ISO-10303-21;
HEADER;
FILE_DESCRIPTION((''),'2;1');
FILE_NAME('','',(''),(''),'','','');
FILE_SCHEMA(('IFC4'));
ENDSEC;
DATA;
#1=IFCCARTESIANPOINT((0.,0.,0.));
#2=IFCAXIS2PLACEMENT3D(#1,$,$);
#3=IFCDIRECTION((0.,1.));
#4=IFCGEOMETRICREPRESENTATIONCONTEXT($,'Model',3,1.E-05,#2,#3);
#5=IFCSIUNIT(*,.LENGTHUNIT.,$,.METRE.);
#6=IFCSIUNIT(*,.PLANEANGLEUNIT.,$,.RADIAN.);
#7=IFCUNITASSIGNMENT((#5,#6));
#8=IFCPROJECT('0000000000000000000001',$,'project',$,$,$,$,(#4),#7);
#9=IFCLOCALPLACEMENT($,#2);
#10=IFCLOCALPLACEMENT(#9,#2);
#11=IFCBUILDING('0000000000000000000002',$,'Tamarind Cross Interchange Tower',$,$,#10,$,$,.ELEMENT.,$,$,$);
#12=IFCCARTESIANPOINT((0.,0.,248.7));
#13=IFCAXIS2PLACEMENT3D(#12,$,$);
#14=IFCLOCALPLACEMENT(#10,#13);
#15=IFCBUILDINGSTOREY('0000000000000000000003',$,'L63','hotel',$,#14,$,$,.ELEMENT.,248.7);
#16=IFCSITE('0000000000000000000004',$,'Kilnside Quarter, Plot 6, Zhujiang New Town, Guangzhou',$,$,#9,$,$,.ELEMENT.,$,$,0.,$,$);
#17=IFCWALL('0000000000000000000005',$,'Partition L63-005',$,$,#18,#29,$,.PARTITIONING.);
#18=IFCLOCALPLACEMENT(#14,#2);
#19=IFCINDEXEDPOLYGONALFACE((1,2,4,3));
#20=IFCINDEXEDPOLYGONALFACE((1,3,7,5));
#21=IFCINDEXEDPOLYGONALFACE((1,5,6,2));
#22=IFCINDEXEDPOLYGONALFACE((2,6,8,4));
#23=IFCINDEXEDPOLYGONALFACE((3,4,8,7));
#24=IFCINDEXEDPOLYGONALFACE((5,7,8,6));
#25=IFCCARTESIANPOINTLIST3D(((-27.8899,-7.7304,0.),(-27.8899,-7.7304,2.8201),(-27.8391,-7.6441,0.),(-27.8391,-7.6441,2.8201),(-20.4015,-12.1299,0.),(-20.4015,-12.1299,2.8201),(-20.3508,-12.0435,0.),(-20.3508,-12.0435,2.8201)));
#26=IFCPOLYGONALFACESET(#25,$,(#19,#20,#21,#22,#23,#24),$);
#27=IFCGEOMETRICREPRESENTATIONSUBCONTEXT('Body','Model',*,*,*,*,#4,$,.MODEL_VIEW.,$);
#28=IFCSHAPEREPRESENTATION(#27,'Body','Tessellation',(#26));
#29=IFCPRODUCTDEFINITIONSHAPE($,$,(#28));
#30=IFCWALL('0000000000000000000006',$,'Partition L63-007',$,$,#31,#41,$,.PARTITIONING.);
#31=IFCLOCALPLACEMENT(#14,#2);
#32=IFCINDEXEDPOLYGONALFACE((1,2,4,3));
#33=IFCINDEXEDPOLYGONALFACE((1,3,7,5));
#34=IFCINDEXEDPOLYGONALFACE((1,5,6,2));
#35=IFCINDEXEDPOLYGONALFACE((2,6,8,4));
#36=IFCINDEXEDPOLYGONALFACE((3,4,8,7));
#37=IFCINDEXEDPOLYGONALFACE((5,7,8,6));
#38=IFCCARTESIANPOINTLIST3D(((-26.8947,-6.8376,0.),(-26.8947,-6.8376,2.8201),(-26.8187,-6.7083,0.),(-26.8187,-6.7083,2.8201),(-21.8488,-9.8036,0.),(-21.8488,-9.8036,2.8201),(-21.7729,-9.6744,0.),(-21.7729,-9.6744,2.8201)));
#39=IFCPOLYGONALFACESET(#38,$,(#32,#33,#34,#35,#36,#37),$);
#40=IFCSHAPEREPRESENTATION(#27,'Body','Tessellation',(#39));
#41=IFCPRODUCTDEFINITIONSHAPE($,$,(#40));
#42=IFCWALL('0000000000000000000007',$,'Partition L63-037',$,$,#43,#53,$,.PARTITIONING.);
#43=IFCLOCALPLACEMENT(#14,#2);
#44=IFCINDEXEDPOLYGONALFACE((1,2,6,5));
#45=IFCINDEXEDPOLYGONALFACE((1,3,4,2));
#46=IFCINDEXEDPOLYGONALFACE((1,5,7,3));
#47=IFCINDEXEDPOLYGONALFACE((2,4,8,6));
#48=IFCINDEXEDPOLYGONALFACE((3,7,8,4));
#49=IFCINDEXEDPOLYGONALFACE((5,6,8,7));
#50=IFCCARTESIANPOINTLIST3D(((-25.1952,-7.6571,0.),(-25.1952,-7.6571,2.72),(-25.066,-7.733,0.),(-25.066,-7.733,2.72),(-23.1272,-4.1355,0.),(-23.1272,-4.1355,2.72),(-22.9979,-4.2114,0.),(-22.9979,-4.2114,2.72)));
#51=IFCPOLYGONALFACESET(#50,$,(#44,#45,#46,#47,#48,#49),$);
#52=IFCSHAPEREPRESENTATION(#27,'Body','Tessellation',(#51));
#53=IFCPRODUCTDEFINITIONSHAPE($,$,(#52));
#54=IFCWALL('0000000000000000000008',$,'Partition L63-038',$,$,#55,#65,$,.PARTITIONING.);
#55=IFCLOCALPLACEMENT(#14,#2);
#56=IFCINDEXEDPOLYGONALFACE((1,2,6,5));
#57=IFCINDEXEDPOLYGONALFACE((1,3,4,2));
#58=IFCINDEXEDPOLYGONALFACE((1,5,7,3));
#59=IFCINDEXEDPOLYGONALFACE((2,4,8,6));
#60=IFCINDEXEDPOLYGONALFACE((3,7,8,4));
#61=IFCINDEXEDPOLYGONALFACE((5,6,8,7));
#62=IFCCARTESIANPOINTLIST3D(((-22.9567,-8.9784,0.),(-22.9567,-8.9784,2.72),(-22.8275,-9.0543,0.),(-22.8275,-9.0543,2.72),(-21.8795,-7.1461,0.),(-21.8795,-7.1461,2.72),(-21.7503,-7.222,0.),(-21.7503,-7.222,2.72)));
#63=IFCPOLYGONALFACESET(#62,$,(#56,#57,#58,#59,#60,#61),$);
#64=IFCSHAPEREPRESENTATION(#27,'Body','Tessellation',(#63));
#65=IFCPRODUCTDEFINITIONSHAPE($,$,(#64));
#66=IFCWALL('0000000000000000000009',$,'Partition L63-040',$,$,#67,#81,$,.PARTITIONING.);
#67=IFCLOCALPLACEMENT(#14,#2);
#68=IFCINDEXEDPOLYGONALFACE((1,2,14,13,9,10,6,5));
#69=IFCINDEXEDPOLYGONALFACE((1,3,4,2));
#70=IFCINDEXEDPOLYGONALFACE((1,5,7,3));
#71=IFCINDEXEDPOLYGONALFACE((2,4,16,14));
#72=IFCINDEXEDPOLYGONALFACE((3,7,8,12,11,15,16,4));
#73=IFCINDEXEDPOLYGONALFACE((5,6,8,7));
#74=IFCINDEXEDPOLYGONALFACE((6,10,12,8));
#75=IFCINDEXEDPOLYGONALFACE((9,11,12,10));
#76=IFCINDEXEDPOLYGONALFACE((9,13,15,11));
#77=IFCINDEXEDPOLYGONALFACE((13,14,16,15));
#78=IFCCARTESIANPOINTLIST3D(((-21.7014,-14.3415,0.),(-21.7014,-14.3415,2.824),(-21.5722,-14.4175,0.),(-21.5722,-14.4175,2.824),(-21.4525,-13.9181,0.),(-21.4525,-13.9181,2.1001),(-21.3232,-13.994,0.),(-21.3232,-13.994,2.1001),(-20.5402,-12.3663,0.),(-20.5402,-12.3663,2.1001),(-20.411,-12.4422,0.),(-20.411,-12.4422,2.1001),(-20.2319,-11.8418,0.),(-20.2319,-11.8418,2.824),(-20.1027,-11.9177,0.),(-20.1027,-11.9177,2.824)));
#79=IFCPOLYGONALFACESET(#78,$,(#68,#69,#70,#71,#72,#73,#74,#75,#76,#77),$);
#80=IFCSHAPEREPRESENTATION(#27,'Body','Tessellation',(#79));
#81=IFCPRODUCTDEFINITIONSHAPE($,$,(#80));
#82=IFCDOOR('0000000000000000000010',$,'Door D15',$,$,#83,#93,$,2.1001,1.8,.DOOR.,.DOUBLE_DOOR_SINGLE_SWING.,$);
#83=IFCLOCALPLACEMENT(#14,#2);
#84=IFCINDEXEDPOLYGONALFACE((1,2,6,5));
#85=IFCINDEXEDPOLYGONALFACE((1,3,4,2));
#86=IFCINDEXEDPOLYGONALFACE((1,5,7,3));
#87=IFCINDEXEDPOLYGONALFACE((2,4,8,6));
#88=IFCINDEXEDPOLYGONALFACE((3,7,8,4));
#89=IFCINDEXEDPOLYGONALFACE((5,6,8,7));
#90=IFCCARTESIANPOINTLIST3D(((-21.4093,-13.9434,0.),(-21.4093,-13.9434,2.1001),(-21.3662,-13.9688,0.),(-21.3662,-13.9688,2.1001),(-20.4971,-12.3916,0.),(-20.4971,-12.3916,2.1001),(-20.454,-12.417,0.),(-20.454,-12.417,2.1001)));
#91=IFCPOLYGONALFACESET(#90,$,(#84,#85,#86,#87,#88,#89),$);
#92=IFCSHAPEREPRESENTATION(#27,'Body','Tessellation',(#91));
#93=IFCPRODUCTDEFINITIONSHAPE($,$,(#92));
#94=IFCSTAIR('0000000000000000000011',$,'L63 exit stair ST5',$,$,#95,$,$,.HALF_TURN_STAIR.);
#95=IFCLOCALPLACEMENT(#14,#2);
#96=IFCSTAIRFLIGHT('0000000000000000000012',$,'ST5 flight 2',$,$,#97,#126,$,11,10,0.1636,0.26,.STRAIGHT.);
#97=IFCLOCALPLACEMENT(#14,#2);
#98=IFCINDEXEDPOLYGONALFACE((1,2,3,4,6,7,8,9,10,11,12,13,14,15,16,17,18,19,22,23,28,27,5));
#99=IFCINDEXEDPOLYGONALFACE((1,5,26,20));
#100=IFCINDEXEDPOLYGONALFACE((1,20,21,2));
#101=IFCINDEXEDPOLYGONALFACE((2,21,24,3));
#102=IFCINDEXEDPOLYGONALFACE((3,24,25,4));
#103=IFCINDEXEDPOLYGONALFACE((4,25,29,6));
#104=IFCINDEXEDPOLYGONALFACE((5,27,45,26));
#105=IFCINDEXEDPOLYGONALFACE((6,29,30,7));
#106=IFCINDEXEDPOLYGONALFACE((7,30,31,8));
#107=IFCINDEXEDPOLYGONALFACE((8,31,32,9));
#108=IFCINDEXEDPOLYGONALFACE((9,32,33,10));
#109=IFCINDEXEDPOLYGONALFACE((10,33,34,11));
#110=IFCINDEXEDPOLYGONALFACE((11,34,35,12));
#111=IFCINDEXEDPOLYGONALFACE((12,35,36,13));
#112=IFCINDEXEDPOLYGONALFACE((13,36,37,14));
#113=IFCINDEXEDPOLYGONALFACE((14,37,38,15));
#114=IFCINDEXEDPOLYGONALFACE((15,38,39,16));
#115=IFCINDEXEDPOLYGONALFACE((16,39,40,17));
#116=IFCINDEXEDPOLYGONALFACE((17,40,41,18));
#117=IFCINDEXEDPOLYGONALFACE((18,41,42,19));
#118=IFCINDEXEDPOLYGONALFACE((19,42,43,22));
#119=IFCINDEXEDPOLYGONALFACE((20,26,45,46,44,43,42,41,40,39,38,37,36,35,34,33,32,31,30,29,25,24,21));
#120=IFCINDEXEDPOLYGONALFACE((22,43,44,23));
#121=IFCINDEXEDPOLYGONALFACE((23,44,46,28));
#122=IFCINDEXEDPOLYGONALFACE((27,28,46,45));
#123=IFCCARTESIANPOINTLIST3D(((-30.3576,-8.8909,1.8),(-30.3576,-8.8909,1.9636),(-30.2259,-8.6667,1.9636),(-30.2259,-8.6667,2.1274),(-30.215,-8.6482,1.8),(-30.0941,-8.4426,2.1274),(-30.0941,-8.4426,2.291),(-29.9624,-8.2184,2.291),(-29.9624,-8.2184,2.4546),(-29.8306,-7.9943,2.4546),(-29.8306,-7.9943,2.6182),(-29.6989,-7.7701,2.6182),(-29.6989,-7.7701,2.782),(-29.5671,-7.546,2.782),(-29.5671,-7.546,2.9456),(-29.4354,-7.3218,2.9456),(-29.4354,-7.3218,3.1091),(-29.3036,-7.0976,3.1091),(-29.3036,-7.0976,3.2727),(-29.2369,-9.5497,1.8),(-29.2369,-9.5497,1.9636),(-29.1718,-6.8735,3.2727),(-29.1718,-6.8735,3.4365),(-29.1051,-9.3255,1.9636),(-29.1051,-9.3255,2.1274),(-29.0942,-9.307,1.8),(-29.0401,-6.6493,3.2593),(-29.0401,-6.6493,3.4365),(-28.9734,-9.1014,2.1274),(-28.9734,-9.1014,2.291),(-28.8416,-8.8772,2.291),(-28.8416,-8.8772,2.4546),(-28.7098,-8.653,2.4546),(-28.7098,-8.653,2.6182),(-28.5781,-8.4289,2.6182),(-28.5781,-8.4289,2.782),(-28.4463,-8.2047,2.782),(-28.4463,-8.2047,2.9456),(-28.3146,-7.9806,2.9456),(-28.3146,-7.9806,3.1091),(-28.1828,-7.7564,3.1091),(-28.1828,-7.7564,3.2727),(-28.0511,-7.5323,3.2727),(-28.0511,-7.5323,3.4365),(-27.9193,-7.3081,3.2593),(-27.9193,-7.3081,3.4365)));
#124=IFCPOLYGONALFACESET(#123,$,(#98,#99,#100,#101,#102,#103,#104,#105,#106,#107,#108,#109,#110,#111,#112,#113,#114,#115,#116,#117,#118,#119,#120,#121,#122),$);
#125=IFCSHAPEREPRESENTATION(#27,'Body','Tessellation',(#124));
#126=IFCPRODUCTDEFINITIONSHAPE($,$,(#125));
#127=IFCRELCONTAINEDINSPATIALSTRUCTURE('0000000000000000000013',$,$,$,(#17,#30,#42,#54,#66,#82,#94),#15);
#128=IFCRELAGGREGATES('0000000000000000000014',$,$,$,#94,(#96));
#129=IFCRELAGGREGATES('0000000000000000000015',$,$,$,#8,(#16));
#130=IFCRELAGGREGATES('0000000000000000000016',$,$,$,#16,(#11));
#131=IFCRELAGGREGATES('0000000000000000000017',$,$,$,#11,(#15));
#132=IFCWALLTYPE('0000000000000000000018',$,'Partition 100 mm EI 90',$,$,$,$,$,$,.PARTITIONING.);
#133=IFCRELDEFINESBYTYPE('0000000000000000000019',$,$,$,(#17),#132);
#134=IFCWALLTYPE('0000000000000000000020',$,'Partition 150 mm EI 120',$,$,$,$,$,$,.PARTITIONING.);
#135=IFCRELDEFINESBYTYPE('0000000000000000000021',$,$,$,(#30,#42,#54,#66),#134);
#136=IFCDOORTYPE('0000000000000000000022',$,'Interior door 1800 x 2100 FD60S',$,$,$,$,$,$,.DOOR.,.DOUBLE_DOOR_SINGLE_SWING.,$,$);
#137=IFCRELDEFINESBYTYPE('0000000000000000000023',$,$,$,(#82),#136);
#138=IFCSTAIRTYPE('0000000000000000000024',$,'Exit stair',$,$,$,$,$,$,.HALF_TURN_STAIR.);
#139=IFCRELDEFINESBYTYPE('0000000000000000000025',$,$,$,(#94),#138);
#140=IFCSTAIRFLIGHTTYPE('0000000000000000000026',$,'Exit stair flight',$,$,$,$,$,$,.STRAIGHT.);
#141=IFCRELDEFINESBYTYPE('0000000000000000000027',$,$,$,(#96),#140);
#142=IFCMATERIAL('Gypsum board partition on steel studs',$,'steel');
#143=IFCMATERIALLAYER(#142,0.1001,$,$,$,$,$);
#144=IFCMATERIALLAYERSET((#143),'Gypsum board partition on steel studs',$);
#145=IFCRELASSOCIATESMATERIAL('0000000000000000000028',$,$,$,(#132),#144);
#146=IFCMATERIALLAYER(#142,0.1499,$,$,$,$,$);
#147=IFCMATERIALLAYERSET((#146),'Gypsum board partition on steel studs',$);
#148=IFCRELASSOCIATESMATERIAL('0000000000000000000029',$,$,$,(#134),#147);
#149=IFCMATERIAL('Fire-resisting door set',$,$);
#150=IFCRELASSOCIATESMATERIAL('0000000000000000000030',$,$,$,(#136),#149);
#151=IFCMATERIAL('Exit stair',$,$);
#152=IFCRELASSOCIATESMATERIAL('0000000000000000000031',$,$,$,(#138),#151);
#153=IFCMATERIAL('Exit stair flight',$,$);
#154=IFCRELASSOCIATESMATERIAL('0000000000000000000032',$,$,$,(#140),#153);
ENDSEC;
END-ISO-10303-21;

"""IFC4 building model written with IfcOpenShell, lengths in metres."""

from ifc_helpers import new_model, si_unit, direction, frame, frame_2d, origin, place, context, subcontext, project, spatial, polyline, rectangle, outline, extrude, material, layer, layer_set, type_object, element, fill, aggregate, save


model = new_model("IFC4")

# Units and contexts
model_context = context("Model", 3, precision=1e-05, world=origin(), true_north=direction((0.0, 1.0)))
body_context = subcontext(model_context, "Body", "Model", "MODEL_VIEW")
ifc_project = project(units=[si_unit("LENGTHUNIT", "METRE"), si_unit("PLANEANGLEUNIT", "RADIAN")], contexts=[model_context])

# Site, building, storey
site_placement = place(None, origin())
site = spatial("IfcSite", under=ifc_project, at=site_placement, Name="Kilnside Quarter, Plot 6, Zhujiang New Town, Guangzhou", CompositionType="ELEMENT", RefElevation=0.0)
building_placement = place(site_placement, origin())
building = spatial("IfcBuilding", under=site, at=building_placement, Name="Tamarind Cross Interchange Tower", CompositionType="ELEMENT")
storey_placement = place(building_placement, frame((0.0, 0.0, 248.7)))
storey = spatial("IfcBuildingStorey", under=building, at=storey_placement, Name="L63", Description="hotel", CompositionType="ELEMENT", Elevation=248.7)

# Walls
ifc_material_1 = material(Name="Gypsum board partition on steel studs", Category="steel")
ifc_layer_1 = layer(ifc_material_1, 0.1001)
ifc_layer_set_1 = layer_set([ifc_layer_1], Name="Gypsum board partition on steel studs")
wall_type_1 = type_object("IfcWallType", Name="Partition 100 mm EI 90", PredefinedType="PARTITIONING", material=ifc_layer_set_1)
wall_1_placement = place(storey_placement, frame((-27.8645, -7.6873, 0.0), z_axis=(0.0, 0.0, 1.0), x_axis=(0.862209, -0.506553, 0.0)))
element("IfcWall", 1, at=wall_1_placement, inside=storey, type_object=wall_type_1, Name="Partition L63-005", PredefinedType="PARTITIONING", context=body_context, shape_type="SweptSolid", body=[
    extrude(rectangle(XDim=8.6851, YDim=0.1001, at=frame_2d((4.3425, 0.0))), origin(), (0.0, 0.0, 1.0), 2.8201),
])
ifc_layer_2 = layer(ifc_material_1, 0.1499)
ifc_layer_set_2 = layer_set([ifc_layer_2], Name="Gypsum board partition on steel studs")
wall_type_2 = type_object("IfcWallType", Name="Partition 150 mm EI 120", PredefinedType="PARTITIONING", material=ifc_layer_set_2)
wall_2_placement = place(storey_placement, frame((-26.8567, -6.7729, 0.0), z_axis=(0.0, 0.0, 1.0), x_axis=(0.862092, -0.506752, 0.0)))
element("IfcWall", 2, at=wall_2_placement, inside=storey, type_object=wall_type_2, Name="Partition L63-007", PredefinedType="PARTITIONING", context=body_context, shape_type="SweptSolid", body=[
    extrude(rectangle(XDim=5.853, YDim=0.1499, at=frame_2d((2.9265, 0.0))), origin(), (0.0, 0.0, 1.0), 2.8201),
])
wall_3_placement = place(storey_placement, frame((-25.1306, -7.6951, 0.0), z_axis=(0.0, 0.0, 1.0), x_axis=(0.506385, 0.862307, 0.0)))
element("IfcWall", 3, at=wall_3_placement, inside=storey, type_object=wall_type_2, Name="Partition L63-037", PredefinedType="PARTITIONING", context=body_context, shape_type="SweptSolid", body=[
    extrude(rectangle(XDim=4.084, YDim=0.1499, at=frame_2d((2.042, 0.0))), origin(), (0.0, 0.0, 1.0), 2.72),
])
wall_4_placement = place(storey_placement, frame((-22.8921, -9.0164, 0.0), z_axis=(0.0, 0.0, 1.0), x_axis=(0.506789, 0.86207, 0.0)))
element("IfcWall", 4, at=wall_4_placement, inside=storey, type_object=wall_type_2, Name="Partition L63-038", PredefinedType="PARTITIONING", context=body_context, shape_type="SweptSolid", body=[
    extrude(rectangle(XDim=2.1255, YDim=0.1499, at=frame_2d((1.0627, 0.0))), origin(), (0.0, 0.0, 1.0), 2.72),
])

# Wall, opening, door
wall_5_placement = place(storey_placement, frame((-21.6367, -14.3794, 0.0), z_axis=(0.0, 0.0, 1.0), x_axis=(0.506774, 0.862079, 0.0)))
wall_5 = element("IfcWall", 5, at=wall_5_placement, inside=storey, type_object=wall_type_2, Name="Partition L63-040", PredefinedType="PARTITIONING", context=body_context, shape_type="SweptSolid", body=[
    extrude(rectangle(XDim=2.8997, YDim=0.1499, at=frame_2d((1.4497, 0.0))), origin(), (0.0, 0.0, 1.0), 2.824),
])
opening_placement = place(wall_5_placement, frame((0.4912, 0.0, 0.0)))
opening = element("IfcOpeningElement", 6, at=opening_placement, cuts=wall_5, PredefinedType="OPENING", context=body_context, shape_type="SweptSolid", body=[
    extrude(rectangle(XDim=1.8, YDim=2.1001, at=frame_2d((0.8999, 1.05))), frame((0.0, 0.085, 0.0), z_axis=(0.0, -1.0, 0.0), x_axis=(1.0, 0.0, 0.0)), (0.0, 0.0, 1.0), 0.1699),
])
ifc_material_2 = material(Name="Fire-resisting door set")
door_type = type_object("IfcDoorType", Name="Interior door 1800 x 2100 FD60S", OperationType="DOUBLE_DOOR_SINGLE_SWING", PredefinedType="DOOR", material=ifc_material_2)
door_placement = place(opening_placement, origin())
door = element("IfcDoor", 7, at=door_placement, inside=storey, type_object=door_type, Name="Door D15", OperationType="DOUBLE_DOOR_SINGLE_SWING", OverallHeight=2.1001, OverallWidth=1.8, PredefinedType="DOOR", context=body_context, shape_type="SweptSolid", body=[
    extrude(rectangle(XDim=1.8, YDim=2.1001, at=frame_2d((0.8999, 1.05))), frame((0.0, 0.0249, 0.0), z_axis=(0.0, -1.0, 0.0), x_axis=(1.0, 0.0, 0.0)), (0.0, 0.0, 1.0), 0.05),
])
fill(opening, door)

# Stair, stair flight
ifc_material_3 = material(Name="Exit stair")
stair_type = type_object("IfcStairType", Name="Exit stair", PredefinedType="HALF_TURN_STAIR", material=ifc_material_3)
stair_placement = place(storey_placement, origin())
stair = element("IfcStair", 8, at=stair_placement, inside=storey, type_object=stair_type, Name="L63 exit stair ST5", PredefinedType="HALF_TURN_STAIR")
ifc_material_4 = material(Name="Exit stair flight")
stair_flight_type = type_object("IfcStairFlightType", Name="Exit stair flight", PredefinedType="STRAIGHT", material=ifc_material_4)
stair_flight_placement = place(storey_placement, frame((-29.7974, -9.2202, 1.8), z_axis=(0.0, 0.0, 1.0), x_axis=(0.506732, 0.862104, 0.0)))
stair_flight = element("IfcStairFlight", 9, at=stair_flight_placement, type_object=stair_flight_type, Name="ST5 flight 2", NumberOfRisers=11, NumberOfTreads=10, PredefinedType="STRAIGHT", RiserHeight=0.1636, TreadLength=0.26, context=body_context, shape_type="SweptSolid", body=[
    extrude(outline(polyline([(0.0, 0.0), (0.0, 0.1636), (0.26, 0.1636), (0.26, 0.3274), (0.52, 0.3274), (0.52, 0.491), (0.78, 0.491), (0.78, 0.6545), (1.04, 0.6545), (1.04, 0.8181), (1.3, 0.8181), (1.3, 0.9819), (1.5601, 0.9819), (1.5601, 1.1455), (1.8201, 1.1455), (1.8201, 1.3091), (2.0801, 1.3091), (2.0801, 1.4727), (2.3401, 1.4727), (2.3401, 1.6365), (2.6001, 1.6365), (2.6001, 1.8), (2.6001, 1.4592), (0.2815, 0.0), (0.0, 0.0)])), frame((0.0, 0.6499, 0.0), z_axis=(0.0, -1.0, 0.0), x_axis=(1.0, 0.0, 0.0)), (0.0, 0.0, 1.0), 1.3),
])
aggregate(stair, [stair_flight])

save(model, "model.ifc")
